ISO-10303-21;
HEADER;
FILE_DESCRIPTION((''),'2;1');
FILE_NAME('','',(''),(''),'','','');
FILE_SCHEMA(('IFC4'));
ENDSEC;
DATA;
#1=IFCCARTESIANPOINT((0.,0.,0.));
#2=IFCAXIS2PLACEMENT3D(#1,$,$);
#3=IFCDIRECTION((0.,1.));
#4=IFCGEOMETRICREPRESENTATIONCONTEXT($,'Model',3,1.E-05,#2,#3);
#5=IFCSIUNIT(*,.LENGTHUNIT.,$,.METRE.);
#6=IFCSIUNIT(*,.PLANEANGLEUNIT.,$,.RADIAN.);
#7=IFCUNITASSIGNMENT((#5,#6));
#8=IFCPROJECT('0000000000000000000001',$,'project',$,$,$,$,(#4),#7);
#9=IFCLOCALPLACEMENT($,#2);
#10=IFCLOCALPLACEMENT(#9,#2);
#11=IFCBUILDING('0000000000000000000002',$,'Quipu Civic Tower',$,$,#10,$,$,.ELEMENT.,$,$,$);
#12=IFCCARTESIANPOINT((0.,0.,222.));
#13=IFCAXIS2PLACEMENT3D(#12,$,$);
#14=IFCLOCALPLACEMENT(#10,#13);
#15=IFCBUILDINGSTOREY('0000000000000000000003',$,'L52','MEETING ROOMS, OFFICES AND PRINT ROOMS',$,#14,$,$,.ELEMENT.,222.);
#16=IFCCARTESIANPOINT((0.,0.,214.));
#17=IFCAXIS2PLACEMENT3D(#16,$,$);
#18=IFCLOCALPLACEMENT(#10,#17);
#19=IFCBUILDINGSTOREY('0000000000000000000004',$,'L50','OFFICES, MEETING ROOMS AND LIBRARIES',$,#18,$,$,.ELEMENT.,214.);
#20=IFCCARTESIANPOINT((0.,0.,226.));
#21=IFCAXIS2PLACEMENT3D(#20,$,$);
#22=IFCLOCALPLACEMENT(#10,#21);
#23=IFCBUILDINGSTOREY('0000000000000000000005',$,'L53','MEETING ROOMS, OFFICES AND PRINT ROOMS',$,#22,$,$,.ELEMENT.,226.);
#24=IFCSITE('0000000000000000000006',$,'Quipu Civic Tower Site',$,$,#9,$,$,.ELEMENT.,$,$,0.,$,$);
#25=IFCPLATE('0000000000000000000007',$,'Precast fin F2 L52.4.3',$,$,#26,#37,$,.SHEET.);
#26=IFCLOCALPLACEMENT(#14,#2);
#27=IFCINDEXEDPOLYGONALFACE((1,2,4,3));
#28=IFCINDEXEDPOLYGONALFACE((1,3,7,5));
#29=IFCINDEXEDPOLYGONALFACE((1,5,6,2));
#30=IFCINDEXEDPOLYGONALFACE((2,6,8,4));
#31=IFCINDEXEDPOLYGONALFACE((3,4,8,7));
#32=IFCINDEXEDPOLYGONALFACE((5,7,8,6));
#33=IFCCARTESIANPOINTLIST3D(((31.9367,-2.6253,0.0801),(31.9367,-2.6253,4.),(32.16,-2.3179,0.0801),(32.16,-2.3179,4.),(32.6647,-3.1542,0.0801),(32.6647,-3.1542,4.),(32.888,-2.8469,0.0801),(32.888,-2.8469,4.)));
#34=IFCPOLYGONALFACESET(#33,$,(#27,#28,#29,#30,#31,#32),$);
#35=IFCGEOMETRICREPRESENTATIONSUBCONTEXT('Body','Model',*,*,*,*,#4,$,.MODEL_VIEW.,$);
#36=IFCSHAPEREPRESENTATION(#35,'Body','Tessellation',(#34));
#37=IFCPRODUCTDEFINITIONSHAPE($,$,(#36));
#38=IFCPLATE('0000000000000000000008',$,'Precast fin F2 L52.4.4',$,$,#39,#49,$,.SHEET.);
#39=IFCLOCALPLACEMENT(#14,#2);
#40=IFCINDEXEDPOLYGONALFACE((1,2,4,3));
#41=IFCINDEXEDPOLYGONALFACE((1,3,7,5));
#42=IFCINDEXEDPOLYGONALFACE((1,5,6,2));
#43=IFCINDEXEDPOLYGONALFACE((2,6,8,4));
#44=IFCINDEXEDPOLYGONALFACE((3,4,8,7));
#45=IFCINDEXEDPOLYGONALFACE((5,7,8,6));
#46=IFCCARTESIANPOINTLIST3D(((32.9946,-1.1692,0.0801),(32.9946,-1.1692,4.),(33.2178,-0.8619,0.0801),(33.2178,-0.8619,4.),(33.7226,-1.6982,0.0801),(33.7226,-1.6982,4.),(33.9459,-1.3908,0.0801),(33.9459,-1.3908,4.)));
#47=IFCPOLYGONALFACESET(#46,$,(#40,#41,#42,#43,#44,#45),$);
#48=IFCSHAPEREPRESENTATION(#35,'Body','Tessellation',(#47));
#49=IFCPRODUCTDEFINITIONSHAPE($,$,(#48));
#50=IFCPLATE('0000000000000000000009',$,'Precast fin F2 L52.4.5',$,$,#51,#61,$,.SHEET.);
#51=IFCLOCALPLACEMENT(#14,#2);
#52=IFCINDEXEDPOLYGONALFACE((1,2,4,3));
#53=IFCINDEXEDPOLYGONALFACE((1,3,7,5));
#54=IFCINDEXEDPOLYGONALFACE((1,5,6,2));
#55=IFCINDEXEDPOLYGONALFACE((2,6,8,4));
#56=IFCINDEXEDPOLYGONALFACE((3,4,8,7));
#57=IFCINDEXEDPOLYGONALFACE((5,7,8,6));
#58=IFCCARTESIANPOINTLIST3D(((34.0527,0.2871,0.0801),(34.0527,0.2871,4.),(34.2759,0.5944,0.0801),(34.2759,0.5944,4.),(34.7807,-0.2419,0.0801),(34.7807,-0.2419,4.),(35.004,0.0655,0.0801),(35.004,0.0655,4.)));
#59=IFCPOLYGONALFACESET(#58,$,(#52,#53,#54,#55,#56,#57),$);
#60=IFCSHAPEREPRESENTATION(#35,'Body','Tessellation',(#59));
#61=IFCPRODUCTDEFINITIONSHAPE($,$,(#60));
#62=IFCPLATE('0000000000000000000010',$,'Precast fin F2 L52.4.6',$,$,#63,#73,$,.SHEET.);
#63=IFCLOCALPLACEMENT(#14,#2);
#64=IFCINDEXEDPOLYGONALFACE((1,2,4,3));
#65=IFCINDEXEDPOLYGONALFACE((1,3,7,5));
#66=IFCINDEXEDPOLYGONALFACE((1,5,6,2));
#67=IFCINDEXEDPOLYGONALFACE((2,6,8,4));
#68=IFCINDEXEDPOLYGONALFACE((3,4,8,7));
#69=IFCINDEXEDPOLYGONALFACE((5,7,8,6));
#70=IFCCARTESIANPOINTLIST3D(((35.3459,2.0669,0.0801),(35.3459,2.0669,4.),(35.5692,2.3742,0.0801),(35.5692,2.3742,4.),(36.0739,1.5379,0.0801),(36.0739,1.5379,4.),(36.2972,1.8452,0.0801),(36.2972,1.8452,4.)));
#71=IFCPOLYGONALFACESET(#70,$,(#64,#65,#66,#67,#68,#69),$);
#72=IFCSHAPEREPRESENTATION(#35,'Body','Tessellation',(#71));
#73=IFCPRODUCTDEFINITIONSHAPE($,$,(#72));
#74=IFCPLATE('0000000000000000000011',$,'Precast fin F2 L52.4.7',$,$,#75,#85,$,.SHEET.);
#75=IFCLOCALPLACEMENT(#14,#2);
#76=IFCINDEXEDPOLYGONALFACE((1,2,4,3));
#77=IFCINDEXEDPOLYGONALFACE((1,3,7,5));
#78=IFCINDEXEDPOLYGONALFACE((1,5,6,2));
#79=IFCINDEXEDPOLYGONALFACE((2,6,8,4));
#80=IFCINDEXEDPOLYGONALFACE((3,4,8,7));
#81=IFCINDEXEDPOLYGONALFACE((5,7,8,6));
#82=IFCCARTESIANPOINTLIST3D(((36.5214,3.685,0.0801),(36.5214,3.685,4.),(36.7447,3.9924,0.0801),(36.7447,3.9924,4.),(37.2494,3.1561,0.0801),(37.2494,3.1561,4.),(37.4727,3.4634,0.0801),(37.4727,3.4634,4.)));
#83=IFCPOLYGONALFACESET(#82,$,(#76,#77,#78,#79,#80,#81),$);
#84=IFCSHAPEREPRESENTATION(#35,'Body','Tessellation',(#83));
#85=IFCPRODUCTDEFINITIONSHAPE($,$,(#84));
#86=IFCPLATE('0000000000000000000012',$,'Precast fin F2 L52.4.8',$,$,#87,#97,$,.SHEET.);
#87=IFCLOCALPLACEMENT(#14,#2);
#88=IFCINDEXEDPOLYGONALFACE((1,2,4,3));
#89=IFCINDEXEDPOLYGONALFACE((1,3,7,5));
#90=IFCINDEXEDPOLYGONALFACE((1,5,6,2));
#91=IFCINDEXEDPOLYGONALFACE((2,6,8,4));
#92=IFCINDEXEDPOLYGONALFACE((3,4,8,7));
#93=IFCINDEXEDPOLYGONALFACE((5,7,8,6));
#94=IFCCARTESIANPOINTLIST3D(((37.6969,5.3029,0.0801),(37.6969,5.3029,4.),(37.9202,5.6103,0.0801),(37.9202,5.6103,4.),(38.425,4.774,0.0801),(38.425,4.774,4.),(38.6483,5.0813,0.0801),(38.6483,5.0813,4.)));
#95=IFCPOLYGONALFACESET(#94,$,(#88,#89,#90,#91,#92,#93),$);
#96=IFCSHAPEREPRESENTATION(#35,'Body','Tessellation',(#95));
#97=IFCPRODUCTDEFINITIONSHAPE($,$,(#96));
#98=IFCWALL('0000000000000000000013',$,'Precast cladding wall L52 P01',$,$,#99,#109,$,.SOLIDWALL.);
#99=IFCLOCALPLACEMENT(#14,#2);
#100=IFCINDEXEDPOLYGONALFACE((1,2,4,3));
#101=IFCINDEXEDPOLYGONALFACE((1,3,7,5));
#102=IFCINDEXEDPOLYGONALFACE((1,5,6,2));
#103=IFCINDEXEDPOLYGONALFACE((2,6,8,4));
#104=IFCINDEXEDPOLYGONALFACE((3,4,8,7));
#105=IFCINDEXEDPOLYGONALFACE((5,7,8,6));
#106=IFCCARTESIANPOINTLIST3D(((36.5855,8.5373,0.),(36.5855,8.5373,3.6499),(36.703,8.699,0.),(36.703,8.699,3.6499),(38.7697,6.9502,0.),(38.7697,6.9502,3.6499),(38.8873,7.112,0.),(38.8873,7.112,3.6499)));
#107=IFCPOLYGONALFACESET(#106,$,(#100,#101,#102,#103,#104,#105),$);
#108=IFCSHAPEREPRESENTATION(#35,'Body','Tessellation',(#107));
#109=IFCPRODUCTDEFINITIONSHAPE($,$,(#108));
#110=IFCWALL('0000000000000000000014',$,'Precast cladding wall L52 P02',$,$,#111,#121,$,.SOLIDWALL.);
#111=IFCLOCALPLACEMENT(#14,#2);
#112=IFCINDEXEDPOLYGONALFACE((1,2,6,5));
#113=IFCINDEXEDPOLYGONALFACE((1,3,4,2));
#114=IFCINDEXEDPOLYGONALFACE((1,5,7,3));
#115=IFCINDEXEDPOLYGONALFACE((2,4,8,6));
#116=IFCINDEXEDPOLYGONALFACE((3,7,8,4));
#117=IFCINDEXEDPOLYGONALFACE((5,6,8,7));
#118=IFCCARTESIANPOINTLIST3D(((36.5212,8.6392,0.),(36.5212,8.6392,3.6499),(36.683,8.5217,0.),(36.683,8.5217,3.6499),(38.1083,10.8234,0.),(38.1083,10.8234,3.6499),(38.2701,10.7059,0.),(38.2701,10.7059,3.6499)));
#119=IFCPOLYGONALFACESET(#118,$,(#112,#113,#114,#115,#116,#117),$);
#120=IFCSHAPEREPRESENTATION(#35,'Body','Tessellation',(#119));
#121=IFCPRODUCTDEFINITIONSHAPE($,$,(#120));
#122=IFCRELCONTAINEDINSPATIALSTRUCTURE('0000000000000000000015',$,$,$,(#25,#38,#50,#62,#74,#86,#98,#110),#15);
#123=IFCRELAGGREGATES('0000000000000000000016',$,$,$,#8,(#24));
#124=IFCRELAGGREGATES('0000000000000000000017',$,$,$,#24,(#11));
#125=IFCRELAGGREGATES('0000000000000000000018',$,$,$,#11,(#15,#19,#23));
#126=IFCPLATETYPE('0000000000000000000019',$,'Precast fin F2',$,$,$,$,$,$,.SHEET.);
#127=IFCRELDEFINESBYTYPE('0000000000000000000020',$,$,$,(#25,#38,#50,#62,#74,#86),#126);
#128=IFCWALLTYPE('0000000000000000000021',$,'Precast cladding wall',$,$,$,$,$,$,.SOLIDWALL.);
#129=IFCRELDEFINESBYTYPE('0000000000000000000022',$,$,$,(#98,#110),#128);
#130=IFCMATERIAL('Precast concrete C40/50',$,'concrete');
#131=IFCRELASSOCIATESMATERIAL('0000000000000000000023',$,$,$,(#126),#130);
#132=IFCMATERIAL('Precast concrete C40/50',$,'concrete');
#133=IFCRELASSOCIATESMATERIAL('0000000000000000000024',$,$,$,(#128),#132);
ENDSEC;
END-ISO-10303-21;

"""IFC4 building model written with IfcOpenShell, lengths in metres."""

from ifc_helpers import new_model, si_unit, direction, frame, frame_2d, origin, origin_2d, place, context, subcontext, project, spatial, rectangle, extrude, material, type_object, element, save


model = new_model("IFC4")

# Units and contexts
model_context = context("Model", 3, precision=1e-05, world=origin(), true_north=direction((0.0, 1.0)))
body_context = subcontext(model_context, "Body", "Model", "MODEL_VIEW")
ifc_project = project(units=[si_unit("LENGTHUNIT", "METRE"), si_unit("PLANEANGLEUNIT", "RADIAN")], contexts=[model_context])

# Site, building, storey
site_placement = place(None, origin())
site = spatial("IfcSite", under=ifc_project, at=site_placement, Name="Quipu Civic Tower Site", CompositionType="ELEMENT", RefElevation=0.0)
building_placement = place(site_placement, origin())
building = spatial("IfcBuilding", under=site, at=building_placement, Name="Quipu Civic Tower", CompositionType="ELEMENT")
storey_1_placement = place(building_placement, frame((0.0, 0.0, 222.0)))
storey_1 = spatial("IfcBuildingStorey", under=building, at=storey_1_placement, Name="L52", Description="MEETING ROOMS, OFFICES AND PRINT ROOMS", CompositionType="ELEMENT", Elevation=222.0)

# Shared definitions
storey_2_placement = place(building_placement, frame((0.0, 0.0, 214.0)))
storey_2 = spatial("IfcBuildingStorey", under=building, at=storey_2_placement, Name="L50", Description="OFFICES, MEETING ROOMS AND LIBRARIES", CompositionType="ELEMENT", Elevation=214.0)

# Shared definitions
storey_3_placement = place(building_placement, frame((0.0, 0.0, 226.0)))
storey_3 = spatial("IfcBuildingStorey", under=building, at=storey_3_placement, Name="L53", Description="MEETING ROOMS, OFFICES AND PRINT ROOMS", CompositionType="ELEMENT", Elevation=226.0)

# Plates
ifc_material_1 = material(Name="Precast concrete C40/50", Category="concrete")
plate_type_1 = type_object("IfcPlateType", Name="Precast fin F2", PredefinedType="SHEET", material=ifc_material_1)
for number, where, z_axis, x_axis, name in (
    (1, (32.4124, -2.7361, 0.0801), (0.0, 0.0, 1.0), (0.587787, 0.809016, 0.0), "Precast fin F2 L52.4.3"),
    (2, (33.4702, -1.28, 0.0801), (0.0, 0.0, 1.0), (0.587787, 0.809016, 0.0), "Precast fin F2 L52.4.4"),
    (3, (34.5283, 0.1763, 0.0801), (0.0, 0.0, 1.0), (0.587787, 0.809016, 0.0), "Precast fin F2 L52.4.5"),
    (4, (35.8215, 1.9561, 0.0801), (0.0, 0.0, 1.0), (0.587787, 0.809016, 0.0), "Precast fin F2 L52.4.6"),
    (5, (36.9971, 3.5742, 0.0801), (0.0, 0.0, 1.0), (0.587787, 0.809016, 0.0), "Precast fin F2 L52.4.7"),
    (6, (38.1726, 5.1921, 0.0801), (0.0, 0.0, 1.0), (0.587787, 0.809016, 0.0), "Precast fin F2 L52.4.8"),
):
    element("IfcPlate", number, at=place(storey_1_placement, frame(where, z_axis=z_axis, x_axis=x_axis)), inside=storey_1, type_object=plate_type_1, Name=name, PredefinedType="SHEET", context=body_context, shape_type="SweptSolid", body=[
        extrude(rectangle(XDim=0.3799, YDim=0.8999, at=origin_2d()), origin(), (0.0, 0.0, 1.0), 3.9199),
    ])

# Walls
ifc_material_2 = material(Name="Precast concrete C40/50", Category="concrete")
wall_type = type_object("IfcWallType", Name="Precast cladding wall", PredefinedType="SOLIDWALL", material=ifc_material_2)
for number, where, z_axis, x_axis, name in (
    (7, (38.8286, 7.031, 0.0), (0.0, 0.0, 1.0), (-0.80899, 0.587822, 0.0), "Precast cladding wall L52 P01"),
    (8, (36.6021, 8.5803, 0.0), (0.0, 0.0, 1.0), (0.587822, 0.80899, 0.0), "Precast cladding wall L52 P02"),
):
    element("IfcWall", number, at=place(storey_1_placement, frame(where, z_axis=z_axis, x_axis=x_axis)), inside=storey_1, type_object=wall_type, Name=name, PredefinedType="SOLIDWALL", context=body_context, shape_type="SweptSolid", body=[
        extrude(rectangle(XDim=2.7, YDim=0.2, at=frame_2d((1.3501, 0.0))), origin(), (0.0, 0.0, 1.0), 3.6499),
    ])

save(model, "model.ifc")
